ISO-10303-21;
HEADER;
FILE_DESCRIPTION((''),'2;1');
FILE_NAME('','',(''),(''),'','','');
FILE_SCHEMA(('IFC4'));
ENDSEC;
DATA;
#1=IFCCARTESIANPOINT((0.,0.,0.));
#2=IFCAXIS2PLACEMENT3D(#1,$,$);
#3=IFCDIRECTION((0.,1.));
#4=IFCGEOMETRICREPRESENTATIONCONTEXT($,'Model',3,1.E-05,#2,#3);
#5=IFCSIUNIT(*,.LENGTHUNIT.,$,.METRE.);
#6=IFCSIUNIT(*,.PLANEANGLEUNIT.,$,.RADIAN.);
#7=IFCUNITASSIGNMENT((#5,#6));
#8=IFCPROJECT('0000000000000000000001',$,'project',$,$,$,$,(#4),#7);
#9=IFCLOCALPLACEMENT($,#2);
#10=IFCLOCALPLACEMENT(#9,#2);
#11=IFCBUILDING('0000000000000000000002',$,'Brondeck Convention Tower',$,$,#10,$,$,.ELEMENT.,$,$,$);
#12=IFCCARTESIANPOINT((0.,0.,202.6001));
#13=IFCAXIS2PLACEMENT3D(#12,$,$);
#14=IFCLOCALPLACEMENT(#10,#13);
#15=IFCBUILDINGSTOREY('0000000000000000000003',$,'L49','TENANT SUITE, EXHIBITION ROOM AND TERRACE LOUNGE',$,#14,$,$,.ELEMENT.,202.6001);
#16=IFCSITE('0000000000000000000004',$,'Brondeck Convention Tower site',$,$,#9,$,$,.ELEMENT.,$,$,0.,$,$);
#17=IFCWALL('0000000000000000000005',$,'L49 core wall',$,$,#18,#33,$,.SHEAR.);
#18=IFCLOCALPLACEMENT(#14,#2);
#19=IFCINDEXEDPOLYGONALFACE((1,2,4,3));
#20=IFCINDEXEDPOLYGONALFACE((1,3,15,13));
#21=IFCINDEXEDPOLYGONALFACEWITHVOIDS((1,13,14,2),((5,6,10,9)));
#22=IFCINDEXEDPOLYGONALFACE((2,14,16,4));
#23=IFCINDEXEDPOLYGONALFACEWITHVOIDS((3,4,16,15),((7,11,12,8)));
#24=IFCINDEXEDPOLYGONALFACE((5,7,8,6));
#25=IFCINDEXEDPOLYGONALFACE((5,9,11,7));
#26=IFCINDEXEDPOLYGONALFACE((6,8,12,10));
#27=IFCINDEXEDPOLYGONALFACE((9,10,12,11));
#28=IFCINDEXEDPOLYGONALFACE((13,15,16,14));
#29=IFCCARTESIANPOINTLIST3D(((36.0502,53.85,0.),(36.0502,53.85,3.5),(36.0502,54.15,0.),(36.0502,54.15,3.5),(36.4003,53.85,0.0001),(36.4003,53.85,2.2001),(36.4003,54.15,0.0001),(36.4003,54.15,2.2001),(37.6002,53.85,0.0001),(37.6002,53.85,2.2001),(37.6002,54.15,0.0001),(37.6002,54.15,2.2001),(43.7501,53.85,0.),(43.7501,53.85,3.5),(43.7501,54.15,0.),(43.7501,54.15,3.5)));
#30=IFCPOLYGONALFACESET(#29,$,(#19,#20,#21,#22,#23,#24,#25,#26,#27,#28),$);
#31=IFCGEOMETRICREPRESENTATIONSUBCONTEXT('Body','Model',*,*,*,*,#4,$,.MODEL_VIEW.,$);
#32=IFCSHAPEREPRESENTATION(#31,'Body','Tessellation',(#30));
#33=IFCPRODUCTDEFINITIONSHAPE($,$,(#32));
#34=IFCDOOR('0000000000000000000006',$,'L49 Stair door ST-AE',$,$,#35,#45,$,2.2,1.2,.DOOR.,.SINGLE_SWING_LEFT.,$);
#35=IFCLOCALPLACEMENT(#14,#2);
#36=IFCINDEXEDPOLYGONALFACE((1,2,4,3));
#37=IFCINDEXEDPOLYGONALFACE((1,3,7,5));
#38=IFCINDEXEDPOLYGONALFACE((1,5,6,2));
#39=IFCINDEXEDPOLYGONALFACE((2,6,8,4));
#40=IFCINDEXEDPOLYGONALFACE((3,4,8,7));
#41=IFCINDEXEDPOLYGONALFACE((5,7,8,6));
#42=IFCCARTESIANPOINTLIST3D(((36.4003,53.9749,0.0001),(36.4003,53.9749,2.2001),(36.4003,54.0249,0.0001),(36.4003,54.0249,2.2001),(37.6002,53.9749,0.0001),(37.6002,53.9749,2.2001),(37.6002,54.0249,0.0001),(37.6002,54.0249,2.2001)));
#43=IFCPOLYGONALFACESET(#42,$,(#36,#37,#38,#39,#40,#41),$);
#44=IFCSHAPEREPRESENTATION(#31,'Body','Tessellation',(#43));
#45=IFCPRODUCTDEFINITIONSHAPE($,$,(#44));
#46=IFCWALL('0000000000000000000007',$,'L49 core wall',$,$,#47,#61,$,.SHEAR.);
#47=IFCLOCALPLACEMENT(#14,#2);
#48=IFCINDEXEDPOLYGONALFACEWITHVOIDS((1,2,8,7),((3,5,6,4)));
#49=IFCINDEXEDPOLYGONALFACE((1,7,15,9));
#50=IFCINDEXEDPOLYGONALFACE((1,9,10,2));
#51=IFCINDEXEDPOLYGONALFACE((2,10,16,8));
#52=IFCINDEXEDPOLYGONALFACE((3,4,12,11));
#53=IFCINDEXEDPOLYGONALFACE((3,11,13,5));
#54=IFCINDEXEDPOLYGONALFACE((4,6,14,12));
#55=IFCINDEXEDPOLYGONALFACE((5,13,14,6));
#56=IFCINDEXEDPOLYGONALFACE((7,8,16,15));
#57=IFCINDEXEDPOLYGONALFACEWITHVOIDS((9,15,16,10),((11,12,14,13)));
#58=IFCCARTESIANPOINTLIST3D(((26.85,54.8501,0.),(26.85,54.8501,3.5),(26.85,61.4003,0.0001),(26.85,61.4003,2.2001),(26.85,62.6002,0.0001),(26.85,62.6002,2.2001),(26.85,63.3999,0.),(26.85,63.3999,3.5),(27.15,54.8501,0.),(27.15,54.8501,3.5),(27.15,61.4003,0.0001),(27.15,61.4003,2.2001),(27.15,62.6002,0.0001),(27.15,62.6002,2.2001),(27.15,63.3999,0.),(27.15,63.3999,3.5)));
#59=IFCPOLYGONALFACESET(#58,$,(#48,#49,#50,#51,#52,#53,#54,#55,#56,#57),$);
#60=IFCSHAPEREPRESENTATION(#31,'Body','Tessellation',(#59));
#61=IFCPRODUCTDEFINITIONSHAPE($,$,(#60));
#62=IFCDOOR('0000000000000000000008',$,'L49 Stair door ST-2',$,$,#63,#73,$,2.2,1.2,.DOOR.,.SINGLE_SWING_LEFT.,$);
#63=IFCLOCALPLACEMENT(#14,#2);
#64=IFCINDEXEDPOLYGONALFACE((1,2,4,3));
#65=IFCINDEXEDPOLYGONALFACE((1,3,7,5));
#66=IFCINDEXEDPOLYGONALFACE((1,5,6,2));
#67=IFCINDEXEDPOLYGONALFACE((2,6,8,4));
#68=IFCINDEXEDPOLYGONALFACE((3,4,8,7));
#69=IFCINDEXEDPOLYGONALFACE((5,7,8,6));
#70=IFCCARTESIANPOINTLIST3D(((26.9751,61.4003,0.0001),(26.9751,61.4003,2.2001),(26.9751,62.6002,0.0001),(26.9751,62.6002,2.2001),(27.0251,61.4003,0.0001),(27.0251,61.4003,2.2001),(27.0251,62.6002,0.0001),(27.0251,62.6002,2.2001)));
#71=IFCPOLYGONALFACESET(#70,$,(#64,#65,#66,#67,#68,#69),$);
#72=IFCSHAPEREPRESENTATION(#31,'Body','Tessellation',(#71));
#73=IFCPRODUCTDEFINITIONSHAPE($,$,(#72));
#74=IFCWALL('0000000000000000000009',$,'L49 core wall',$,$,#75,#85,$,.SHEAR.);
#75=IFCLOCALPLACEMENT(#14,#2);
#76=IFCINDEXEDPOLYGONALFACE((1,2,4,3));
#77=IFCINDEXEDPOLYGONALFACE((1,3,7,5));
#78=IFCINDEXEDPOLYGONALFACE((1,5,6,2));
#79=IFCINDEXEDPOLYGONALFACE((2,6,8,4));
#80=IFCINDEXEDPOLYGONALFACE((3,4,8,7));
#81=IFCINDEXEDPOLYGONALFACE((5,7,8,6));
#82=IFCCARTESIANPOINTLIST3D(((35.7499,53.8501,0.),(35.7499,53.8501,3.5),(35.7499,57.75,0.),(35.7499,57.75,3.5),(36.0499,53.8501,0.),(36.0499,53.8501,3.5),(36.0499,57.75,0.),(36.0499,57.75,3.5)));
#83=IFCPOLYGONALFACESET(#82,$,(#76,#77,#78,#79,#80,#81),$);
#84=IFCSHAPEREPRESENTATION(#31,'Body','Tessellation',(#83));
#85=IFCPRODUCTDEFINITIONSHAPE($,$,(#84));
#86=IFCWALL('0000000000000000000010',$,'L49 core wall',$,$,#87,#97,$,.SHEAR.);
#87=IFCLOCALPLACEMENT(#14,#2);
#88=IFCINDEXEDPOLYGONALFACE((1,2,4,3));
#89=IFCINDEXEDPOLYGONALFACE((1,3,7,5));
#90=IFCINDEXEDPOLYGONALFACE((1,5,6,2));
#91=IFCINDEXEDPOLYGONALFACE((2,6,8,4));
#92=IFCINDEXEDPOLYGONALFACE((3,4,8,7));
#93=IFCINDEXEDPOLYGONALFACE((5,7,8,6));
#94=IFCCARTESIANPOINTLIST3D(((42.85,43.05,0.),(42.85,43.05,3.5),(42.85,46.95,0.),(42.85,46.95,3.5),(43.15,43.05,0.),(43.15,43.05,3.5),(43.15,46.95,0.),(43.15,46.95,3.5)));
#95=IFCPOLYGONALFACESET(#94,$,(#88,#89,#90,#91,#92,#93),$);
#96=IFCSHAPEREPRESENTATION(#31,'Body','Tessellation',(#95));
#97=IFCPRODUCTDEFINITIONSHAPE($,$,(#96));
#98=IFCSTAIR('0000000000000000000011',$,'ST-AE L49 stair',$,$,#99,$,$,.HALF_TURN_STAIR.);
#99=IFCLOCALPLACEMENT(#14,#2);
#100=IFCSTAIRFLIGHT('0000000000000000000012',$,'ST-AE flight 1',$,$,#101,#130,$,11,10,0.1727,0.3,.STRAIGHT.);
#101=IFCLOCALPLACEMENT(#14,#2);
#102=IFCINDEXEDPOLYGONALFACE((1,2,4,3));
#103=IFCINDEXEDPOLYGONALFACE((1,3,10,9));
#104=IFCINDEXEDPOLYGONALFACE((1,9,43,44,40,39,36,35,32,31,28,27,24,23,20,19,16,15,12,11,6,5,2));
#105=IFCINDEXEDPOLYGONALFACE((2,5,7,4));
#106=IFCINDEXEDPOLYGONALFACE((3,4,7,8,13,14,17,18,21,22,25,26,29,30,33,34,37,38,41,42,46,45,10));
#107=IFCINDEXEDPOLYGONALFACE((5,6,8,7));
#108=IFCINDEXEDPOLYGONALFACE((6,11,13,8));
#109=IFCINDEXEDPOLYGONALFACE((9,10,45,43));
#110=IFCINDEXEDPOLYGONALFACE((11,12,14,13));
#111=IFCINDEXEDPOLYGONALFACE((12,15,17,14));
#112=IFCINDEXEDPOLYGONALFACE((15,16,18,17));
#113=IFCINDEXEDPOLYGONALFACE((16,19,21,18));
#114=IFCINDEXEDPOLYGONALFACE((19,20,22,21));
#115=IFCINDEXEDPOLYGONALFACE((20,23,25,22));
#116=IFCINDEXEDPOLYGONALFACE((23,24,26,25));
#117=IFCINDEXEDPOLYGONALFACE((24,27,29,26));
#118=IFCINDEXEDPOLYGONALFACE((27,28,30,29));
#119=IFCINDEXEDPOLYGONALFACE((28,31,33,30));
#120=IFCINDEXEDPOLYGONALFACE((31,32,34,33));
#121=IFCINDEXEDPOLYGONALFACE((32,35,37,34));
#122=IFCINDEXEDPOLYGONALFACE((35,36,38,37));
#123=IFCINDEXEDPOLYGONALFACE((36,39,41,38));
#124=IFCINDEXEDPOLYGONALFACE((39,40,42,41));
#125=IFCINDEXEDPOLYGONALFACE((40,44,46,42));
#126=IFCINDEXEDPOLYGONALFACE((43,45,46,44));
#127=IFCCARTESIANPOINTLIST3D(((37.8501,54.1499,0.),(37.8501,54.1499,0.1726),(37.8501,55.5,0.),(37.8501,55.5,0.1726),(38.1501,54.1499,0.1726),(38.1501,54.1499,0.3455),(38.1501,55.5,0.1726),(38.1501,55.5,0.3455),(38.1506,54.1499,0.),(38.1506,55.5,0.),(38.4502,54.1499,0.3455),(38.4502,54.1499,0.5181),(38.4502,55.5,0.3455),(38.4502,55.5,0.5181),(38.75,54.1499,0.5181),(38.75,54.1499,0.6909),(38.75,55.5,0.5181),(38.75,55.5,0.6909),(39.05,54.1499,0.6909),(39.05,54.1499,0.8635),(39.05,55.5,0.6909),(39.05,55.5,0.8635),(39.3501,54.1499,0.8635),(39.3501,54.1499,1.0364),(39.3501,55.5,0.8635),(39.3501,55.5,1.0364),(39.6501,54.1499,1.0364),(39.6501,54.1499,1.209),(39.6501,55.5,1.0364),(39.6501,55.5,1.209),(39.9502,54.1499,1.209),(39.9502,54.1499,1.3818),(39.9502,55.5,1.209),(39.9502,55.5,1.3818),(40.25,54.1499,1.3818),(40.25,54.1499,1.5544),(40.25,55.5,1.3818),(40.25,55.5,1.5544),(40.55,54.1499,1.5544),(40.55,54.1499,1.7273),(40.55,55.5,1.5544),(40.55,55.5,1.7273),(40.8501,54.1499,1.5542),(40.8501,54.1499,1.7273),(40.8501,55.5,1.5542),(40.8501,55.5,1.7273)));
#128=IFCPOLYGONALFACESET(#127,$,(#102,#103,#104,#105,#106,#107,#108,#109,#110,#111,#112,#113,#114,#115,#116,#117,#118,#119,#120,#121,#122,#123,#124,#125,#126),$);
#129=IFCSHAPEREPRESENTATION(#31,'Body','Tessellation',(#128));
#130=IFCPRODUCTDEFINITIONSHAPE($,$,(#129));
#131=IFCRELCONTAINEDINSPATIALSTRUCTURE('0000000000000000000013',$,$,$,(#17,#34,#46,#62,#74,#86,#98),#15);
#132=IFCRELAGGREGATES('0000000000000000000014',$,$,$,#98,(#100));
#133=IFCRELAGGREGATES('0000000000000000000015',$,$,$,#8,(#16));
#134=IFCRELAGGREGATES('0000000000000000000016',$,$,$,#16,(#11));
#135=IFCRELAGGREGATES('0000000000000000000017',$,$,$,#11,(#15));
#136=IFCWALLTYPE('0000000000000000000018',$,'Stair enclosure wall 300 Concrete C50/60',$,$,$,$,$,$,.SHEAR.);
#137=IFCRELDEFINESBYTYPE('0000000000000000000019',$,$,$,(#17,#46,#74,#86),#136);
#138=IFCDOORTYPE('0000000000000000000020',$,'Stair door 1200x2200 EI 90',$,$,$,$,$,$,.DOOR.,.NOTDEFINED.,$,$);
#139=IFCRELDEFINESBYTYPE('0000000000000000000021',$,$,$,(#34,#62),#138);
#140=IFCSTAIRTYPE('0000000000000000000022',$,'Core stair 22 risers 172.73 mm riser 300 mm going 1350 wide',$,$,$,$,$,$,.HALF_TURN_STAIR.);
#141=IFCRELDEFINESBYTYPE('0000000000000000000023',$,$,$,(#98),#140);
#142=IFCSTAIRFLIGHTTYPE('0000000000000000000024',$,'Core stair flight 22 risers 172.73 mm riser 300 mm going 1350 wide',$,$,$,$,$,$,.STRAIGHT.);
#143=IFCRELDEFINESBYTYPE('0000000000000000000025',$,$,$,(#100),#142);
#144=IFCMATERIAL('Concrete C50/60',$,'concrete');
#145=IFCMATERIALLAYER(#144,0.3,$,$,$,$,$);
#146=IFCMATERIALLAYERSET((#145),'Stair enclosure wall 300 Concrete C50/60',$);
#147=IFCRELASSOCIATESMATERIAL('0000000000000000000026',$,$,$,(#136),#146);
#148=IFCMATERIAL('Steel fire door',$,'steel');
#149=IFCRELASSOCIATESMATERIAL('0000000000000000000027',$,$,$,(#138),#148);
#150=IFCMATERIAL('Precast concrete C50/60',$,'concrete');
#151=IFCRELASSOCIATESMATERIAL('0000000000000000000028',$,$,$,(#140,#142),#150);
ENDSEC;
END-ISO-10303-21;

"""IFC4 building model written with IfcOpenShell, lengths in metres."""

from ifc_helpers import new_model, si_unit, direction, frame, frame_2d, origin, place, context, subcontext, project, spatial, polyline, rectangle, outline, extrude, material, layer, layer_set, type_object, element, fill, aggregate, save


model = new_model("IFC4")

# Units and contexts
model_context = context("Model", 3, precision=1e-05, world=origin(), true_north=direction((0.0, 1.0)))
body_context = subcontext(model_context, "Body", "Model", "MODEL_VIEW")
ifc_project = project(units=[si_unit("LENGTHUNIT", "METRE"), si_unit("PLANEANGLEUNIT", "RADIAN")], contexts=[model_context])

# Site, building, storey
site_placement = place(None, origin())
site = spatial("IfcSite", under=ifc_project, at=site_placement, Name="Brondeck Convention Tower site", CompositionType="ELEMENT", RefElevation=0.0)
building_placement = place(site_placement, origin())
building = spatial("IfcBuilding", under=site, at=building_placement, Name="Brondeck Convention Tower", CompositionType="ELEMENT")
storey_placement = place(building_placement, frame((0.0, 0.0, 202.6001)))
storey = spatial("IfcBuildingStorey", under=building, at=storey_placement, Name="L49", Description="TENANT SUITE, EXHIBITION ROOM AND TERRACE LOUNGE", CompositionType="ELEMENT", Elevation=202.6001)

# Shared definitions
ifc_material_1 = material(Name="Concrete C50/60", Category="concrete")

# Shared definitions
ifc_layer_1 = layer(ifc_material_1, 0.3)
ifc_layer_set_1 = layer_set([ifc_layer_1], Name="Stair enclosure wall 300 Concrete C50/60")
wall_type_1 = type_object("IfcWallType", Name="Stair enclosure wall 300 Concrete C50/60", PredefinedType="SHEAR", material=ifc_layer_set_1)
ifc_material_2 = material(Name="Steel fire door", Category="steel")
door_type_1 = type_object("IfcDoorType", Name="Stair door 1200x2200 EI 90", OperationType="NOTDEFINED", PredefinedType="DOOR", material=ifc_material_2)

# Walls, openings, doors
wall_1_placement = place(storey_placement, frame((36.05, 54.0, 0.0), z_axis=(0.0, 0.0, 1.0), x_axis=(1.0, 0.0, 0.0)))
wall_1 = element("IfcWall", 1, at=wall_1_placement, inside=storey, type_object=wall_type_1, Name="L49 core wall", PredefinedType="SHEAR", context=body_context, shape_type="SweptSolid", body=[
    extrude(rectangle(XDim=7.7, YDim=0.3, at=frame_2d((3.8501, 0.0))), origin(), (0.0, 0.0, 1.0), 3.5),
])
opening_1_placement = place(wall_1_placement, frame((0.3501, 0.0, 0.0)))
opening_1 = element("IfcOpeningElement", 2, at=opening_1_placement, cuts=wall_1, PredefinedType="OPENING", context=body_context, shape_type="SweptSolid", body=[
    extrude(rectangle(XDim=1.2, YDim=2.2, at=frame_2d((0.6001, 1.1001))), frame((0.0, 0.1599, 0.0), z_axis=(0.0, -1.0, 0.0), x_axis=(1.0, 0.0, 0.0)), (0.0, 0.0, 1.0), 0.3201),
])
door_1_placement = place(opening_1_placement, origin())
door_1 = element("IfcDoor", 3, at=door_1_placement, inside=storey, type_object=door_type_1, Name="L49 Stair door ST-AE", OperationType="SINGLE_SWING_LEFT", OverallHeight=2.2, OverallWidth=1.2, PredefinedType="DOOR", context=body_context, shape_type="SweptSolid", body=[
    extrude(rectangle(XDim=1.2, YDim=2.2, at=frame_2d((0.6001, 1.1001))), frame((0.0, 0.0249, 0.0), z_axis=(0.0, -1.0, 0.0), x_axis=(1.0, 0.0, 0.0)), (0.0, 0.0, 1.0), 0.05),
])
fill(opening_1, door_1)
wall_2_placement = place(storey_placement, frame((27.0, 54.8501, 0.0), z_axis=(0.0, 0.0, 1.0), x_axis=(0.0, 1.0, 0.0)))
wall_2 = element("IfcWall", 4, at=wall_2_placement, inside=storey, type_object=wall_type_1, Name="L49 core wall", PredefinedType="SHEAR", context=body_context, shape_type="SweptSolid", body=[
    extrude(rectangle(XDim=8.5498, YDim=0.3, at=frame_2d((4.2749, 0.0))), origin(), (0.0, 0.0, 1.0), 3.5),
])
opening_2_placement = place(wall_2_placement, frame((6.55, 0.0, 0.0)))
opening_2 = element("IfcOpeningElement", 5, at=opening_2_placement, cuts=wall_2, PredefinedType="OPENING", context=body_context, shape_type="SweptSolid", body=[
    extrude(rectangle(XDim=1.2, YDim=2.2, at=frame_2d((0.6001, 1.1001))), frame((0.0, 0.1599, 0.0), z_axis=(0.0, -1.0, 0.0), x_axis=(1.0, 0.0, 0.0)), (0.0, 0.0, 1.0), 0.3201),
])
door_2_placement = place(opening_2_placement, origin())
door_2 = element("IfcDoor", 6, at=door_2_placement, inside=storey, type_object=door_type_1, Name="L49 Stair door ST-2", OperationType="SINGLE_SWING_LEFT", OverallHeight=2.2, OverallWidth=1.2, PredefinedType="DOOR", context=body_context, shape_type="SweptSolid", body=[
    extrude(rectangle(XDim=1.2, YDim=2.2, at=frame_2d((0.6001, 1.1001))), frame((0.0, 0.0249, 0.0), z_axis=(0.0, -1.0, 0.0), x_axis=(1.0, 0.0, 0.0)), (0.0, 0.0, 1.0), 0.05),
])
fill(opening_2, door_2)

# Walls
for number, where, z_axis, x_axis, name in (
    (7, (35.8999, 53.8501, 0.0), (0.0, 0.0, 1.0), (0.0, 1.0, 0.0), "L49 core wall"),
    (8, (43.0, 43.05, 0.0), (0.0, 0.0, 1.0), (0.0, 1.0, 0.0), "L49 core wall"),
):
    element("IfcWall", number, at=place(storey_placement, frame(where, z_axis=z_axis, x_axis=x_axis)), inside=storey, type_object=wall_type_1, Name=name, PredefinedType="SHEAR", context=body_context, shape_type="SweptSolid", body=[
        extrude(rectangle(XDim=3.8999, YDim=0.3, at=frame_2d((1.95, 0.0))), origin(), (0.0, 0.0, 1.0), 3.5),
    ])

# Stair, stair flight
ifc_material_3 = material(Name="Precast concrete C50/60", Category="concrete")
stair_type = type_object("IfcStairType", Name="Core stair 22 risers 172.73 mm riser 300 mm going 1350 wide", PredefinedType="HALF_TURN_STAIR", material=ifc_material_3)
stair_placement = place(storey_placement, origin())
stair = element("IfcStair", 9, at=stair_placement, inside=storey, type_object=stair_type, Name="ST-AE L49 stair", PredefinedType="HALF_TURN_STAIR")
stair_flight_type = type_object("IfcStairFlightType", Name="Core stair flight 22 risers 172.73 mm riser 300 mm going 1350 wide", PredefinedType="STRAIGHT", material=ifc_material_3)
stair_flight_placement = place(storey_placement, frame((37.8501, 54.825, 0.0), z_axis=(0.0, 0.0, 1.0), x_axis=(1.0, 0.0, 0.0)))
stair_flight = element("IfcStairFlight", 10, at=stair_flight_placement, type_object=stair_flight_type, Name="ST-AE flight 1", NumberOfRisers=11, NumberOfTreads=10, PredefinedType="STRAIGHT", RiserHeight=0.1727, TreadLength=0.3, context=body_context, shape_type="SweptSolid", body=[
    extrude(outline(polyline([(0.0, 0.0), (0.0, 0.1726), (0.3, 0.1726), (0.3, 0.3455), (0.6001, 0.3455), (0.6001, 0.5181), (0.8999, 0.5181), (0.8999, 0.6909), (1.2, 0.6909), (1.2, 0.8635), (1.5, 0.8635), (1.5, 1.0364), (1.8, 1.0364), (1.8, 1.209), (2.1001, 1.209), (2.1001, 1.3818), (2.3999, 1.3818), (2.3999, 1.5544), (2.7, 1.5544), (2.7, 1.7273), (3.0, 1.7273), (3.0, 1.8999), (3.0, 1.5542), (0.3005, 0.0), (0.0, 0.0)])), frame((0.0, 0.675, 0.0), z_axis=(0.0, -1.0, 0.0), x_axis=(1.0, 0.0, 0.0)), (0.0, 0.0, 1.0), 1.3501),
])
aggregate(stair, [stair_flight])

save(model, "model.ifc")
